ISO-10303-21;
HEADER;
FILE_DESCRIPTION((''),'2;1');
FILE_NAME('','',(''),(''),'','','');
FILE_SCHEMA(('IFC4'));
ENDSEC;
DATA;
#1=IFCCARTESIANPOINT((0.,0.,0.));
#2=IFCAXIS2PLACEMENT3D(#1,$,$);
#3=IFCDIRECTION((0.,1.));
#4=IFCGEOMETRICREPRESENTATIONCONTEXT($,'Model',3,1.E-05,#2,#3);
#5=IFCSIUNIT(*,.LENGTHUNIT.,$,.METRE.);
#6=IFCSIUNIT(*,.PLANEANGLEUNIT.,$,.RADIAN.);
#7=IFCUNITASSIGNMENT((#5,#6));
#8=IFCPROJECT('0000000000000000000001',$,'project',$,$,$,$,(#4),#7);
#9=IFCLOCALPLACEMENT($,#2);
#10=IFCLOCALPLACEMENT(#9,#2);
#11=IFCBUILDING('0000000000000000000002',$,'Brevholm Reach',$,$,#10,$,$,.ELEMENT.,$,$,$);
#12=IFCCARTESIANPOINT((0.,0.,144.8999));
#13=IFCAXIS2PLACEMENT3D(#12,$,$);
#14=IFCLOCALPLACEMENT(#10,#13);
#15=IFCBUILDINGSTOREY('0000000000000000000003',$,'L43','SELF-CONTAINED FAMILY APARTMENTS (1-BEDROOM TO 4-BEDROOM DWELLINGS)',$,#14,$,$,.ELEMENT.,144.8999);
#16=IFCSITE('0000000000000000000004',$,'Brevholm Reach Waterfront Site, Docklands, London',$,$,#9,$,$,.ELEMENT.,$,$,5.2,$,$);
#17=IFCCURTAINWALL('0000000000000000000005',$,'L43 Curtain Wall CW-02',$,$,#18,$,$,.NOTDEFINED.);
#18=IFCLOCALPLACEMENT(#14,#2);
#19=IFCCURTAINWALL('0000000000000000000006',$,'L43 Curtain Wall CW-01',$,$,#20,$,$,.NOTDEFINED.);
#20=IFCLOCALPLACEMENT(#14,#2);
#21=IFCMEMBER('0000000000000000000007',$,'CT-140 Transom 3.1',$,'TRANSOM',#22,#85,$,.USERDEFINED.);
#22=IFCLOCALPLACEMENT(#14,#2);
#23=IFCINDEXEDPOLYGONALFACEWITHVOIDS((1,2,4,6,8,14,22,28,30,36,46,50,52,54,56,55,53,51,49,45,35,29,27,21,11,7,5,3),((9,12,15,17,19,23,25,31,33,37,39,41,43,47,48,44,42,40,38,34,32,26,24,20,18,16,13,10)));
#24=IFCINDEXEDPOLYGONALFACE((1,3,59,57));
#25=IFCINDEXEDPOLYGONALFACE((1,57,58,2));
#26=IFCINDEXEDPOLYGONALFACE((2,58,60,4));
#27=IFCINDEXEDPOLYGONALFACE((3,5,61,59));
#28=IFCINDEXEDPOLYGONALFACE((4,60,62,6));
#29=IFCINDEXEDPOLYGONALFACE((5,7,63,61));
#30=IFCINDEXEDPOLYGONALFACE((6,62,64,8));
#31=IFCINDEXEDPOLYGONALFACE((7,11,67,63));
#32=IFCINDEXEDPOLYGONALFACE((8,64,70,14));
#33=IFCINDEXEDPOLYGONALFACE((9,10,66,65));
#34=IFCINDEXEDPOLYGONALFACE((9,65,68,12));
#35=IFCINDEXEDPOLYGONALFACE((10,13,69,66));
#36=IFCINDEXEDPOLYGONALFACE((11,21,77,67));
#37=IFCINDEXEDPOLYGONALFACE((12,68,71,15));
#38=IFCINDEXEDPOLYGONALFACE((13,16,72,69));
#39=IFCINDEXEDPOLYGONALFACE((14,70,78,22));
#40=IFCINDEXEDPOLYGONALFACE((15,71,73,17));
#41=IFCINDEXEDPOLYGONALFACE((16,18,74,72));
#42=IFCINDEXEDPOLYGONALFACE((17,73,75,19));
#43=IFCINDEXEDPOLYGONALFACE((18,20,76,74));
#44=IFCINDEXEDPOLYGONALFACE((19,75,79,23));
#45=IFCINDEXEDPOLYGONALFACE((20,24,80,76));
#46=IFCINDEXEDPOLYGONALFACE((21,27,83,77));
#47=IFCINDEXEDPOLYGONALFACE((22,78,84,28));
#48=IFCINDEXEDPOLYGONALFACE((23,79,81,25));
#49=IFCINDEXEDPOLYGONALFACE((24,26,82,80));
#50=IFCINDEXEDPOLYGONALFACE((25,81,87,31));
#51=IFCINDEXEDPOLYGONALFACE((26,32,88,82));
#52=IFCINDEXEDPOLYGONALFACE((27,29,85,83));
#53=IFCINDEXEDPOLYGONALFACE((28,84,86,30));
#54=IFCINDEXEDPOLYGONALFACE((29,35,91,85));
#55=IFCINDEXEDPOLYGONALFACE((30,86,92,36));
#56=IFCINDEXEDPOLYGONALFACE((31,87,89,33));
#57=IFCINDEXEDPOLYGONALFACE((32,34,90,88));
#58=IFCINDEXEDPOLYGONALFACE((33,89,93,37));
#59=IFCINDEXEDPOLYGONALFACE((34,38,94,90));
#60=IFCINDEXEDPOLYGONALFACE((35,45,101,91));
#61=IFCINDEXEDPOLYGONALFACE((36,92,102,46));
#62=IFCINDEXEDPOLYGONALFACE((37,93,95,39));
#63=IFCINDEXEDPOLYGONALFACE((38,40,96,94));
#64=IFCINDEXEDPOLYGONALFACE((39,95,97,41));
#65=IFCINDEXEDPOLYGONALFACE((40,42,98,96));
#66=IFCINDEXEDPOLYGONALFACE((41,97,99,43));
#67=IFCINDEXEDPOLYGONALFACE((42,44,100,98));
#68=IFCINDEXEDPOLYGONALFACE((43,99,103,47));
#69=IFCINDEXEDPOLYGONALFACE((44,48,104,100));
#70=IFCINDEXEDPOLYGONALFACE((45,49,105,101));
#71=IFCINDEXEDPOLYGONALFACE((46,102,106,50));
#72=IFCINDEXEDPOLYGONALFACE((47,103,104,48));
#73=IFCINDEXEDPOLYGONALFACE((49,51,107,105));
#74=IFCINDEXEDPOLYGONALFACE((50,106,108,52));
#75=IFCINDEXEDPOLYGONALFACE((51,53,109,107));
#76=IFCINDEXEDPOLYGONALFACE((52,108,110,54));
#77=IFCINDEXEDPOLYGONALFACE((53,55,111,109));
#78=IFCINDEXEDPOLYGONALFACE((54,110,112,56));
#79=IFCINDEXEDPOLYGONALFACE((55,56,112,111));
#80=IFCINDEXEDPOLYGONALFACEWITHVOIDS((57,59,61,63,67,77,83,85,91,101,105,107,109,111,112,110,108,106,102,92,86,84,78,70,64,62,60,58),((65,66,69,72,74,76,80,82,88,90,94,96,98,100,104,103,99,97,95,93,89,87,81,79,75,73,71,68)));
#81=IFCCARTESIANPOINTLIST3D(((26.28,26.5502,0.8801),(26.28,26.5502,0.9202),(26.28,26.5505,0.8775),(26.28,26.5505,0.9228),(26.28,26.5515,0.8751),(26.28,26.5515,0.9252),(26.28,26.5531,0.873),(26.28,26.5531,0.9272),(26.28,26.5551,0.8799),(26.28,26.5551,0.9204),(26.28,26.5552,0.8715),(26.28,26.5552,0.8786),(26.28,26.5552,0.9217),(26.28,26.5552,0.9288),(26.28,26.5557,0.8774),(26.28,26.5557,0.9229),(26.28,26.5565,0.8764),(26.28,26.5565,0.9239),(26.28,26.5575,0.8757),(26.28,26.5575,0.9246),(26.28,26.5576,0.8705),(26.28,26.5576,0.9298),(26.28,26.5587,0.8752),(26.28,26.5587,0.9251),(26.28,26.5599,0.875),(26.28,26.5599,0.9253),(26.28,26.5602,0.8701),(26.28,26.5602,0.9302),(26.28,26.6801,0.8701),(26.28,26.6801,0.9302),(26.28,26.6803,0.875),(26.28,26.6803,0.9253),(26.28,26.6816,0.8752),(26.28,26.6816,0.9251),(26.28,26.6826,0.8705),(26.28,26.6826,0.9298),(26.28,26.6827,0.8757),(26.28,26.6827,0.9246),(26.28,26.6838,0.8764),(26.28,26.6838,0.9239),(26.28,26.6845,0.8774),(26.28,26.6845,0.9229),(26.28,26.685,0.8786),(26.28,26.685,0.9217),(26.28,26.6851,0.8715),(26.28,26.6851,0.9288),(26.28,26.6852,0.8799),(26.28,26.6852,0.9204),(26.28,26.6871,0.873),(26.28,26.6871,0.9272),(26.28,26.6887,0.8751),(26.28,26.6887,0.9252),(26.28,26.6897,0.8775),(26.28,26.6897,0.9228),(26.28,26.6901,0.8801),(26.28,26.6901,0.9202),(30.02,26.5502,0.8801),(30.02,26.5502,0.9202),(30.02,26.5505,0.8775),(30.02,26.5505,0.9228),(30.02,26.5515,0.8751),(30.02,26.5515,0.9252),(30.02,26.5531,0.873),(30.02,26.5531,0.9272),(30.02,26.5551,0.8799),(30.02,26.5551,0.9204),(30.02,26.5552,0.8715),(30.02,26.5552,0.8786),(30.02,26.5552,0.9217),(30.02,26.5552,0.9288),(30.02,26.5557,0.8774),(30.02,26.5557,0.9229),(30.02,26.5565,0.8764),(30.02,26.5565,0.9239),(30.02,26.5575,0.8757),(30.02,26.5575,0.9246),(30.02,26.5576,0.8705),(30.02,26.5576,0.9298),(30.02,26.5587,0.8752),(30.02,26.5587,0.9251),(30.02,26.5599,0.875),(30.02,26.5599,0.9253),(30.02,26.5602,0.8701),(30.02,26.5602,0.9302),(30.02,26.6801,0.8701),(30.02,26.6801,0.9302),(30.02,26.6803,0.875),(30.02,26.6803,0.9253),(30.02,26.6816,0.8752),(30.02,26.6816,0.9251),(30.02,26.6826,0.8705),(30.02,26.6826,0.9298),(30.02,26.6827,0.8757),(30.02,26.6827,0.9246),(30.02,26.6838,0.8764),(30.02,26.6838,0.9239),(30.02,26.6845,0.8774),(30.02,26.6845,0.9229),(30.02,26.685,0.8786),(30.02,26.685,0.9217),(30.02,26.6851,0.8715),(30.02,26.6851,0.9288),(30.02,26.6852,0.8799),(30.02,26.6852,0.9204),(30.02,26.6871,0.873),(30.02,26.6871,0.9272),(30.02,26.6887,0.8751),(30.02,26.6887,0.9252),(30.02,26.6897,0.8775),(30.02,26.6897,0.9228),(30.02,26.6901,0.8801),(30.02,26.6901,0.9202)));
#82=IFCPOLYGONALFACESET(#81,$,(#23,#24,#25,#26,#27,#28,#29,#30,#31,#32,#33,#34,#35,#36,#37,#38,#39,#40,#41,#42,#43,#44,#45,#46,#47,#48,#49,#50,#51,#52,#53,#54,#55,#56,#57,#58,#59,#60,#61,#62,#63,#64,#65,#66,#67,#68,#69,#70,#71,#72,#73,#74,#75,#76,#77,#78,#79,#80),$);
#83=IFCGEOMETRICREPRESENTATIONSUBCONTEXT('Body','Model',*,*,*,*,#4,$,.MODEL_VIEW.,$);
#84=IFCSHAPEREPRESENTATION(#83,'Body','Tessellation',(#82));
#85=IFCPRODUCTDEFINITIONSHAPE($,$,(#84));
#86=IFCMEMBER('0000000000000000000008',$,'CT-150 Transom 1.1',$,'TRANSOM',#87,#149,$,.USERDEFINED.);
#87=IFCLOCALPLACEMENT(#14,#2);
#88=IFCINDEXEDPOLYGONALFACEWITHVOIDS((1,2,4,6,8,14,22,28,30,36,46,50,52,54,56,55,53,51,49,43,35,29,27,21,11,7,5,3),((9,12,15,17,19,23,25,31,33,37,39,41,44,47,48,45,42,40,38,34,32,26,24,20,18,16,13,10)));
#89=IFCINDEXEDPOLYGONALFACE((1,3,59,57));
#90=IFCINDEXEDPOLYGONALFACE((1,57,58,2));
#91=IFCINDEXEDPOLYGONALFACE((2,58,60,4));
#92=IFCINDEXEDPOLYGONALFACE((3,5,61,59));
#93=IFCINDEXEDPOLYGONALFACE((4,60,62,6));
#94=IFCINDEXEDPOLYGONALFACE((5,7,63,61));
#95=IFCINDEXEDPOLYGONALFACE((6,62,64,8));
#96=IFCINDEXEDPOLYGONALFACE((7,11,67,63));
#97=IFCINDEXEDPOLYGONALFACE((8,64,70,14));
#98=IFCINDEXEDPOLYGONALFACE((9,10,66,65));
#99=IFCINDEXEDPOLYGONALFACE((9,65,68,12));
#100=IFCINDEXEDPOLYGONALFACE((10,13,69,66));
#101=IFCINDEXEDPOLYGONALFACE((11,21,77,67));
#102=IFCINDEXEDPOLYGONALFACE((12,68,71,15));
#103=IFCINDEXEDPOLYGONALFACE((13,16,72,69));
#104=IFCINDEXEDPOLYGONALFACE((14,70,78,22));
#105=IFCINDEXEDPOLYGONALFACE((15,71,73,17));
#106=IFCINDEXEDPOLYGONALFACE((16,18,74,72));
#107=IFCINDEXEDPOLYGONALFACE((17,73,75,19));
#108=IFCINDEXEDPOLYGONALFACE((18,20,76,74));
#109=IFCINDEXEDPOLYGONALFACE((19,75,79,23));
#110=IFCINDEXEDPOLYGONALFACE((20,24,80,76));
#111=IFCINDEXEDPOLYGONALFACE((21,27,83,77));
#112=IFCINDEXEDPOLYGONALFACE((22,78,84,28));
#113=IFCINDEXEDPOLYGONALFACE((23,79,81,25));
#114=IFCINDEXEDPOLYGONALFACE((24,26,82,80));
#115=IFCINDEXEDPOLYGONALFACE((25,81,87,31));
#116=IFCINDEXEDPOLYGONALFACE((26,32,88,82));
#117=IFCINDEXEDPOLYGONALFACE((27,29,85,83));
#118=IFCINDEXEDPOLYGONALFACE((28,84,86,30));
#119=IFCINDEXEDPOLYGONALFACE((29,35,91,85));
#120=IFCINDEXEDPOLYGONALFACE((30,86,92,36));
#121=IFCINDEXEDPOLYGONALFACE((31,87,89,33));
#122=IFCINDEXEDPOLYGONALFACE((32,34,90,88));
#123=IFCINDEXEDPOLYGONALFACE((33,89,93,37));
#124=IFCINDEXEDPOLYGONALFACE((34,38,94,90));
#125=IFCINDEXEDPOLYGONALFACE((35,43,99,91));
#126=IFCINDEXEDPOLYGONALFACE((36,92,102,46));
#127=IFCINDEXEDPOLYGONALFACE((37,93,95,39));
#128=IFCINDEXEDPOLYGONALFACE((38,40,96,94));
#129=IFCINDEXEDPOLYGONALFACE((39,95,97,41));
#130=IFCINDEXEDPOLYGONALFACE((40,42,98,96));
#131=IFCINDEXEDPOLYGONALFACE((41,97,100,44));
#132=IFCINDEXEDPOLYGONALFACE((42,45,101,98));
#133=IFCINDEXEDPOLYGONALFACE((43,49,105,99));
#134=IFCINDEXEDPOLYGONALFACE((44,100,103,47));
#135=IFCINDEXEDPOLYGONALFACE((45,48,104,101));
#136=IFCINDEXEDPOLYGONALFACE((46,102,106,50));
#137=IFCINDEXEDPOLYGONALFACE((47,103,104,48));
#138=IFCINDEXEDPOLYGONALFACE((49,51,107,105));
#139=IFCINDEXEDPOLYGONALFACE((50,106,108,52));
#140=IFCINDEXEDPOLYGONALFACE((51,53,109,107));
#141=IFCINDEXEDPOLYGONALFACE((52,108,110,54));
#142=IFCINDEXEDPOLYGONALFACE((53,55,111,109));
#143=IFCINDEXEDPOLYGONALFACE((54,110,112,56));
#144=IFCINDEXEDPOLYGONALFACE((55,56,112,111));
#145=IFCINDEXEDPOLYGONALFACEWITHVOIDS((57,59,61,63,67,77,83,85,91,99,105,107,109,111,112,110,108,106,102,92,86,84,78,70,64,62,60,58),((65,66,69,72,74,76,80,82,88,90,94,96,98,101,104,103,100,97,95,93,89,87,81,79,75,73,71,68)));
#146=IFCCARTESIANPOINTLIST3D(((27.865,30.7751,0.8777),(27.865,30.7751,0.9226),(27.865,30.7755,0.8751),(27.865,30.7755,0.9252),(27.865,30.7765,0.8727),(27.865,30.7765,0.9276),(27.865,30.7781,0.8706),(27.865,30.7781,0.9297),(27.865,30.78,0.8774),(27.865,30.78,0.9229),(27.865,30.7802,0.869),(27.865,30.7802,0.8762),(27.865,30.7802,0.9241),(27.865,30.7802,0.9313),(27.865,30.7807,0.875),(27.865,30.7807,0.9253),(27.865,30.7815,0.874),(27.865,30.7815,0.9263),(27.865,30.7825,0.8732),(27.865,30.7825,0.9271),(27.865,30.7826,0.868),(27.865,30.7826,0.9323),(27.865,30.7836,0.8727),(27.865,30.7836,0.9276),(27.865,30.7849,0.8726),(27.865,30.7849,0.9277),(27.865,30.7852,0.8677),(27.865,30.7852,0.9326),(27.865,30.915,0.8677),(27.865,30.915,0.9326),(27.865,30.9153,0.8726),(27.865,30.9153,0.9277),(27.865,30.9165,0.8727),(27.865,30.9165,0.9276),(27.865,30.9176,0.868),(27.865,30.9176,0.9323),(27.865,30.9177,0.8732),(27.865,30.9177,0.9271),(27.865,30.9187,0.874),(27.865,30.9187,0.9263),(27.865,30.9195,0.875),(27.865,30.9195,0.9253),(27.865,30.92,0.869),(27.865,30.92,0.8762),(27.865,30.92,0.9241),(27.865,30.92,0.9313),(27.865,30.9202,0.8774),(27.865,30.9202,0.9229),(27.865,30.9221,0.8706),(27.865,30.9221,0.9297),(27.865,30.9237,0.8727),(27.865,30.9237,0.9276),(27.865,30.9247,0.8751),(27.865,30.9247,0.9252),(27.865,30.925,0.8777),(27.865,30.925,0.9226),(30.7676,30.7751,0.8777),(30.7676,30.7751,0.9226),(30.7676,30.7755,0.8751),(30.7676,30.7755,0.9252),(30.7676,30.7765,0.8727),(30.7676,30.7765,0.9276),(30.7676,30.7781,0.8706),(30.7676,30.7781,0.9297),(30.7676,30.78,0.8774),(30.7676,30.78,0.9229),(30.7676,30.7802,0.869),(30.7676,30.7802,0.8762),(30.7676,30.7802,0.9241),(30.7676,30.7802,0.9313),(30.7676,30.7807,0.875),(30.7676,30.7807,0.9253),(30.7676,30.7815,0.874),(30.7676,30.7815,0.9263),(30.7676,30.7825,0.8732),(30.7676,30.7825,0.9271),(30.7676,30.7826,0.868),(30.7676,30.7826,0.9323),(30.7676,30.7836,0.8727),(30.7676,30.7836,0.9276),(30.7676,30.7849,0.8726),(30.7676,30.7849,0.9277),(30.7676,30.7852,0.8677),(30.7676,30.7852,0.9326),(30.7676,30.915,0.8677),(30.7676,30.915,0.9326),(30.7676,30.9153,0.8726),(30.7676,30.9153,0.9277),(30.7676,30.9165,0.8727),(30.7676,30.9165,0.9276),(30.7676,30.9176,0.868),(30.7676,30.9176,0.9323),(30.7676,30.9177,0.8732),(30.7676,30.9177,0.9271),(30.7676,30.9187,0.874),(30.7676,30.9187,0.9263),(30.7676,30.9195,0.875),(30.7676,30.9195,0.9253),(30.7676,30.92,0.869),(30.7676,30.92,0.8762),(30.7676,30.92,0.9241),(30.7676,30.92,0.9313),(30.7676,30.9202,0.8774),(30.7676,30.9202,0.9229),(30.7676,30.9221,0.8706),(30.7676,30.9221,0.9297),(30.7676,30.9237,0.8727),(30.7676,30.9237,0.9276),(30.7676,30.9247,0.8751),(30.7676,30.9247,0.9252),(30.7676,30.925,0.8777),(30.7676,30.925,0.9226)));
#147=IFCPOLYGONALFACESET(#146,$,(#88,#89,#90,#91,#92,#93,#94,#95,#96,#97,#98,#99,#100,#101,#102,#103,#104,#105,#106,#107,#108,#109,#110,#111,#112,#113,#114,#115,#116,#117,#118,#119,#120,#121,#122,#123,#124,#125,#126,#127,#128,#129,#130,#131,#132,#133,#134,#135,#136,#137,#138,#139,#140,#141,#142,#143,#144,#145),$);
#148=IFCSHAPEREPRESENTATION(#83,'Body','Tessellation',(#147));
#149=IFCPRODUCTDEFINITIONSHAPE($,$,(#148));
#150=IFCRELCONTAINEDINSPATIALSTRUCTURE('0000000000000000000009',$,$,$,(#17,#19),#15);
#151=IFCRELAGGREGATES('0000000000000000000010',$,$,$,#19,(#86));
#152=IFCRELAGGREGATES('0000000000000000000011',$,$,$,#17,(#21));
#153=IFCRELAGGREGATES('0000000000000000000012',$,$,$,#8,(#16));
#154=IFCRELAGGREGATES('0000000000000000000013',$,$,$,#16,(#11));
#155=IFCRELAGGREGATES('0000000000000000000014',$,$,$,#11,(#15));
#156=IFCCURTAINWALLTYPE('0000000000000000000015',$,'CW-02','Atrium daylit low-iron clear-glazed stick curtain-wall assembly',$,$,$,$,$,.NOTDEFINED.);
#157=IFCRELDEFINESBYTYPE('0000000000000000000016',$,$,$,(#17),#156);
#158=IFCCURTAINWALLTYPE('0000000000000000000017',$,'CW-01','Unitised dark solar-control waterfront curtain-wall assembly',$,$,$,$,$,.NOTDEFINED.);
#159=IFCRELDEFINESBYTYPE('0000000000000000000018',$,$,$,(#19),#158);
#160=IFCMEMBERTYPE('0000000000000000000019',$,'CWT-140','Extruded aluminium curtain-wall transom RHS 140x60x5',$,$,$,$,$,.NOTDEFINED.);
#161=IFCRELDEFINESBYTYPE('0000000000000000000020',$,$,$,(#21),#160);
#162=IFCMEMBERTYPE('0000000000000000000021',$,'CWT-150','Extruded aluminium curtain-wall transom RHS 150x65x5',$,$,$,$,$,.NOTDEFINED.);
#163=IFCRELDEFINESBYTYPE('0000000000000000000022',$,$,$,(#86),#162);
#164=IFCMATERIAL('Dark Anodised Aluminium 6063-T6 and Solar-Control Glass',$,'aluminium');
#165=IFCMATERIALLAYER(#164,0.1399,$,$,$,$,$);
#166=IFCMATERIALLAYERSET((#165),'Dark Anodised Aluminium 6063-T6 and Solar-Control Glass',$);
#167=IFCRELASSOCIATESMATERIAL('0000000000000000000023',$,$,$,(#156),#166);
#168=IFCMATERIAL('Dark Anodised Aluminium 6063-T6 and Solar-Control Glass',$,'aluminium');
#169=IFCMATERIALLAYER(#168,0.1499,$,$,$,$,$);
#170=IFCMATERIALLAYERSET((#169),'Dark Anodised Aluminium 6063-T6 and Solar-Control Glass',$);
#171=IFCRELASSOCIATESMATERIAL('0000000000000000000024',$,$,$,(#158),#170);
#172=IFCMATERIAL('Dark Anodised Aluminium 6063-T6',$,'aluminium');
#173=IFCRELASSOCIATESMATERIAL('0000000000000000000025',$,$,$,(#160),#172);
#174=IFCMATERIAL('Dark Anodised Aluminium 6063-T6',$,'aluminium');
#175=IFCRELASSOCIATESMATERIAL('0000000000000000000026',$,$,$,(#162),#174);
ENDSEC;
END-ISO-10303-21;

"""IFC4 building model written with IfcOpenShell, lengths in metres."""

from ifc_helpers import new_model, si_unit, direction, frame, origin, origin_2d, place, context, subcontext, project, spatial, hollow_rectangle, extrude, material, layer, layer_set, material_profile, profile_set, type_object, element, aggregate, save


model = new_model("IFC4")

# Units and contexts
model_context = context("Model", 3, precision=1e-05, world=origin(), true_north=direction((0.0, 1.0)))
body_context = subcontext(model_context, "Body", "Model", "MODEL_VIEW")
ifc_project = project(units=[si_unit("LENGTHUNIT", "METRE"), si_unit("PLANEANGLEUNIT", "RADIAN")], contexts=[model_context])

# Site, building, storey
site_placement = place(None, origin())
site = spatial("IfcSite", under=ifc_project, at=site_placement, Name="Brevholm Reach Waterfront Site, Docklands, London", CompositionType="ELEMENT", RefElevation=5.2)
building_placement = place(site_placement, origin())
building = spatial("IfcBuilding", under=site, at=building_placement, Name="Brevholm Reach", CompositionType="ELEMENT")
storey_placement = place(building_placement, frame((0.0, 0.0, 144.8999)))
storey = spatial("IfcBuildingStorey", under=building, at=storey_placement, Name="L43", Description="SELF-CONTAINED FAMILY APARTMENTS (1-BEDROOM TO 4-BEDROOM DWELLINGS)", CompositionType="ELEMENT", Elevation=144.8999)

# Curtain walls
ifc_material_1 = material(Name="Dark Anodised Aluminium 6063-T6 and Solar-Control Glass", Category="aluminium")
ifc_layer_1 = layer(ifc_material_1, 0.1399)
ifc_layer_set_1 = layer_set([ifc_layer_1], Name="Dark Anodised Aluminium 6063-T6 and Solar-Control Glass")
curtain_wall_type_1 = type_object("IfcCurtainWallType", Name="CW-02", Description="Atrium daylit low-iron clear-glazed stick curtain-wall assembly", PredefinedType="NOTDEFINED", material=ifc_layer_set_1)
curtain_wall_1_placement = place(storey_placement, origin())
curtain_wall_1 = element("IfcCurtainWall", 1, at=curtain_wall_1_placement, inside=storey, type_object=curtain_wall_type_1, Name="L43 Curtain Wall CW-02", PredefinedType="NOTDEFINED")
ifc_material_2 = material(Name="Dark Anodised Aluminium 6063-T6 and Solar-Control Glass", Category="aluminium")
ifc_layer_2 = layer(ifc_material_2, 0.1499)
ifc_layer_set_2 = layer_set([ifc_layer_2], Name="Dark Anodised Aluminium 6063-T6 and Solar-Control Glass")
curtain_wall_type_2 = type_object("IfcCurtainWallType", Name="CW-01", Description="Unitised dark solar-control waterfront curtain-wall assembly", PredefinedType="NOTDEFINED", material=ifc_layer_set_2)
curtain_wall_2_placement = place(storey_placement, origin())
curtain_wall_2 = element("IfcCurtainWall", 2, at=curtain_wall_2_placement, inside=storey, type_object=curtain_wall_type_2, Name="L43 Curtain Wall CW-01", PredefinedType="NOTDEFINED")

# Members
ifc_material_3 = material(Name="Dark Anodised Aluminium 6063-T6", Category="aluminium")
ifc_material_profile_1 = material_profile(ifc_material_3, hollow_rectangle(XDim=0.0601, YDim=0.1399, WallThickness=0.0049, InnerFilletRadius=0.0049, OuterFilletRadius=0.01, at=origin_2d()), Name="RHS 140x60x5")
ifc_profile_set_1 = profile_set([ifc_material_profile_1], Name="Dark Anodised Aluminium 6063-T6")
member_type_1 = type_object("IfcMemberType", Name="CWT-140", Description="Extruded aluminium curtain-wall transom RHS 140x60x5", PredefinedType="NOTDEFINED", material=ifc_profile_set_1)
member_1_placement = place(storey_placement, frame((30.02, 26.6201, 0.9001), z_axis=(-1.0, 0.0, 0.0), x_axis=(0.0, 0.0, 1.0)))
member_1 = element("IfcMember", 3, at=member_1_placement, type_object=member_type_1, Name="CT-140 Transom 3.1", ObjectType="TRANSOM", PredefinedType="USERDEFINED", context=body_context, shape_type="SweptSolid", body=[
    extrude(hollow_rectangle(XDim=0.0601, YDim=0.1399, WallThickness=0.0049, InnerFilletRadius=0.0049, OuterFilletRadius=0.01, at=origin_2d()), origin(), (0.0, 0.0, 1.0), 3.74),
])
ifc_material_4 = material(Name="Dark Anodised Aluminium 6063-T6", Category="aluminium")
ifc_material_profile_2 = material_profile(ifc_material_4, hollow_rectangle(XDim=0.0649, YDim=0.1499, WallThickness=0.0049, InnerFilletRadius=0.0049, OuterFilletRadius=0.01, at=origin_2d()), Name="RHS 150x65x5")
ifc_profile_set_2 = profile_set([ifc_material_profile_2], Name="Dark Anodised Aluminium 6063-T6")
member_type_2 = type_object("IfcMemberType", Name="CWT-150", Description="Extruded aluminium curtain-wall transom RHS 150x65x5", PredefinedType="NOTDEFINED", material=ifc_profile_set_2)
member_2_placement = place(storey_placement, frame((27.865, 30.8501, 0.9001), z_axis=(1.0, 0.0, 0.0), x_axis=(0.0, 0.0, 1.0)))
member_2 = element("IfcMember", 4, at=member_2_placement, type_object=member_type_2, Name="CT-150 Transom 1.1", ObjectType="TRANSOM", PredefinedType="USERDEFINED", context=body_context, shape_type="SweptSolid", body=[
    extrude(hollow_rectangle(XDim=0.0649, YDim=0.1499, WallThickness=0.0049, InnerFilletRadius=0.0049, OuterFilletRadius=0.01, at=origin_2d()), origin(), (0.0, 0.0, 1.0), 2.9026),
])

aggregate(curtain_wall_2, [member_2])
aggregate(curtain_wall_1, [member_1])

save(model, "model.ifc")
